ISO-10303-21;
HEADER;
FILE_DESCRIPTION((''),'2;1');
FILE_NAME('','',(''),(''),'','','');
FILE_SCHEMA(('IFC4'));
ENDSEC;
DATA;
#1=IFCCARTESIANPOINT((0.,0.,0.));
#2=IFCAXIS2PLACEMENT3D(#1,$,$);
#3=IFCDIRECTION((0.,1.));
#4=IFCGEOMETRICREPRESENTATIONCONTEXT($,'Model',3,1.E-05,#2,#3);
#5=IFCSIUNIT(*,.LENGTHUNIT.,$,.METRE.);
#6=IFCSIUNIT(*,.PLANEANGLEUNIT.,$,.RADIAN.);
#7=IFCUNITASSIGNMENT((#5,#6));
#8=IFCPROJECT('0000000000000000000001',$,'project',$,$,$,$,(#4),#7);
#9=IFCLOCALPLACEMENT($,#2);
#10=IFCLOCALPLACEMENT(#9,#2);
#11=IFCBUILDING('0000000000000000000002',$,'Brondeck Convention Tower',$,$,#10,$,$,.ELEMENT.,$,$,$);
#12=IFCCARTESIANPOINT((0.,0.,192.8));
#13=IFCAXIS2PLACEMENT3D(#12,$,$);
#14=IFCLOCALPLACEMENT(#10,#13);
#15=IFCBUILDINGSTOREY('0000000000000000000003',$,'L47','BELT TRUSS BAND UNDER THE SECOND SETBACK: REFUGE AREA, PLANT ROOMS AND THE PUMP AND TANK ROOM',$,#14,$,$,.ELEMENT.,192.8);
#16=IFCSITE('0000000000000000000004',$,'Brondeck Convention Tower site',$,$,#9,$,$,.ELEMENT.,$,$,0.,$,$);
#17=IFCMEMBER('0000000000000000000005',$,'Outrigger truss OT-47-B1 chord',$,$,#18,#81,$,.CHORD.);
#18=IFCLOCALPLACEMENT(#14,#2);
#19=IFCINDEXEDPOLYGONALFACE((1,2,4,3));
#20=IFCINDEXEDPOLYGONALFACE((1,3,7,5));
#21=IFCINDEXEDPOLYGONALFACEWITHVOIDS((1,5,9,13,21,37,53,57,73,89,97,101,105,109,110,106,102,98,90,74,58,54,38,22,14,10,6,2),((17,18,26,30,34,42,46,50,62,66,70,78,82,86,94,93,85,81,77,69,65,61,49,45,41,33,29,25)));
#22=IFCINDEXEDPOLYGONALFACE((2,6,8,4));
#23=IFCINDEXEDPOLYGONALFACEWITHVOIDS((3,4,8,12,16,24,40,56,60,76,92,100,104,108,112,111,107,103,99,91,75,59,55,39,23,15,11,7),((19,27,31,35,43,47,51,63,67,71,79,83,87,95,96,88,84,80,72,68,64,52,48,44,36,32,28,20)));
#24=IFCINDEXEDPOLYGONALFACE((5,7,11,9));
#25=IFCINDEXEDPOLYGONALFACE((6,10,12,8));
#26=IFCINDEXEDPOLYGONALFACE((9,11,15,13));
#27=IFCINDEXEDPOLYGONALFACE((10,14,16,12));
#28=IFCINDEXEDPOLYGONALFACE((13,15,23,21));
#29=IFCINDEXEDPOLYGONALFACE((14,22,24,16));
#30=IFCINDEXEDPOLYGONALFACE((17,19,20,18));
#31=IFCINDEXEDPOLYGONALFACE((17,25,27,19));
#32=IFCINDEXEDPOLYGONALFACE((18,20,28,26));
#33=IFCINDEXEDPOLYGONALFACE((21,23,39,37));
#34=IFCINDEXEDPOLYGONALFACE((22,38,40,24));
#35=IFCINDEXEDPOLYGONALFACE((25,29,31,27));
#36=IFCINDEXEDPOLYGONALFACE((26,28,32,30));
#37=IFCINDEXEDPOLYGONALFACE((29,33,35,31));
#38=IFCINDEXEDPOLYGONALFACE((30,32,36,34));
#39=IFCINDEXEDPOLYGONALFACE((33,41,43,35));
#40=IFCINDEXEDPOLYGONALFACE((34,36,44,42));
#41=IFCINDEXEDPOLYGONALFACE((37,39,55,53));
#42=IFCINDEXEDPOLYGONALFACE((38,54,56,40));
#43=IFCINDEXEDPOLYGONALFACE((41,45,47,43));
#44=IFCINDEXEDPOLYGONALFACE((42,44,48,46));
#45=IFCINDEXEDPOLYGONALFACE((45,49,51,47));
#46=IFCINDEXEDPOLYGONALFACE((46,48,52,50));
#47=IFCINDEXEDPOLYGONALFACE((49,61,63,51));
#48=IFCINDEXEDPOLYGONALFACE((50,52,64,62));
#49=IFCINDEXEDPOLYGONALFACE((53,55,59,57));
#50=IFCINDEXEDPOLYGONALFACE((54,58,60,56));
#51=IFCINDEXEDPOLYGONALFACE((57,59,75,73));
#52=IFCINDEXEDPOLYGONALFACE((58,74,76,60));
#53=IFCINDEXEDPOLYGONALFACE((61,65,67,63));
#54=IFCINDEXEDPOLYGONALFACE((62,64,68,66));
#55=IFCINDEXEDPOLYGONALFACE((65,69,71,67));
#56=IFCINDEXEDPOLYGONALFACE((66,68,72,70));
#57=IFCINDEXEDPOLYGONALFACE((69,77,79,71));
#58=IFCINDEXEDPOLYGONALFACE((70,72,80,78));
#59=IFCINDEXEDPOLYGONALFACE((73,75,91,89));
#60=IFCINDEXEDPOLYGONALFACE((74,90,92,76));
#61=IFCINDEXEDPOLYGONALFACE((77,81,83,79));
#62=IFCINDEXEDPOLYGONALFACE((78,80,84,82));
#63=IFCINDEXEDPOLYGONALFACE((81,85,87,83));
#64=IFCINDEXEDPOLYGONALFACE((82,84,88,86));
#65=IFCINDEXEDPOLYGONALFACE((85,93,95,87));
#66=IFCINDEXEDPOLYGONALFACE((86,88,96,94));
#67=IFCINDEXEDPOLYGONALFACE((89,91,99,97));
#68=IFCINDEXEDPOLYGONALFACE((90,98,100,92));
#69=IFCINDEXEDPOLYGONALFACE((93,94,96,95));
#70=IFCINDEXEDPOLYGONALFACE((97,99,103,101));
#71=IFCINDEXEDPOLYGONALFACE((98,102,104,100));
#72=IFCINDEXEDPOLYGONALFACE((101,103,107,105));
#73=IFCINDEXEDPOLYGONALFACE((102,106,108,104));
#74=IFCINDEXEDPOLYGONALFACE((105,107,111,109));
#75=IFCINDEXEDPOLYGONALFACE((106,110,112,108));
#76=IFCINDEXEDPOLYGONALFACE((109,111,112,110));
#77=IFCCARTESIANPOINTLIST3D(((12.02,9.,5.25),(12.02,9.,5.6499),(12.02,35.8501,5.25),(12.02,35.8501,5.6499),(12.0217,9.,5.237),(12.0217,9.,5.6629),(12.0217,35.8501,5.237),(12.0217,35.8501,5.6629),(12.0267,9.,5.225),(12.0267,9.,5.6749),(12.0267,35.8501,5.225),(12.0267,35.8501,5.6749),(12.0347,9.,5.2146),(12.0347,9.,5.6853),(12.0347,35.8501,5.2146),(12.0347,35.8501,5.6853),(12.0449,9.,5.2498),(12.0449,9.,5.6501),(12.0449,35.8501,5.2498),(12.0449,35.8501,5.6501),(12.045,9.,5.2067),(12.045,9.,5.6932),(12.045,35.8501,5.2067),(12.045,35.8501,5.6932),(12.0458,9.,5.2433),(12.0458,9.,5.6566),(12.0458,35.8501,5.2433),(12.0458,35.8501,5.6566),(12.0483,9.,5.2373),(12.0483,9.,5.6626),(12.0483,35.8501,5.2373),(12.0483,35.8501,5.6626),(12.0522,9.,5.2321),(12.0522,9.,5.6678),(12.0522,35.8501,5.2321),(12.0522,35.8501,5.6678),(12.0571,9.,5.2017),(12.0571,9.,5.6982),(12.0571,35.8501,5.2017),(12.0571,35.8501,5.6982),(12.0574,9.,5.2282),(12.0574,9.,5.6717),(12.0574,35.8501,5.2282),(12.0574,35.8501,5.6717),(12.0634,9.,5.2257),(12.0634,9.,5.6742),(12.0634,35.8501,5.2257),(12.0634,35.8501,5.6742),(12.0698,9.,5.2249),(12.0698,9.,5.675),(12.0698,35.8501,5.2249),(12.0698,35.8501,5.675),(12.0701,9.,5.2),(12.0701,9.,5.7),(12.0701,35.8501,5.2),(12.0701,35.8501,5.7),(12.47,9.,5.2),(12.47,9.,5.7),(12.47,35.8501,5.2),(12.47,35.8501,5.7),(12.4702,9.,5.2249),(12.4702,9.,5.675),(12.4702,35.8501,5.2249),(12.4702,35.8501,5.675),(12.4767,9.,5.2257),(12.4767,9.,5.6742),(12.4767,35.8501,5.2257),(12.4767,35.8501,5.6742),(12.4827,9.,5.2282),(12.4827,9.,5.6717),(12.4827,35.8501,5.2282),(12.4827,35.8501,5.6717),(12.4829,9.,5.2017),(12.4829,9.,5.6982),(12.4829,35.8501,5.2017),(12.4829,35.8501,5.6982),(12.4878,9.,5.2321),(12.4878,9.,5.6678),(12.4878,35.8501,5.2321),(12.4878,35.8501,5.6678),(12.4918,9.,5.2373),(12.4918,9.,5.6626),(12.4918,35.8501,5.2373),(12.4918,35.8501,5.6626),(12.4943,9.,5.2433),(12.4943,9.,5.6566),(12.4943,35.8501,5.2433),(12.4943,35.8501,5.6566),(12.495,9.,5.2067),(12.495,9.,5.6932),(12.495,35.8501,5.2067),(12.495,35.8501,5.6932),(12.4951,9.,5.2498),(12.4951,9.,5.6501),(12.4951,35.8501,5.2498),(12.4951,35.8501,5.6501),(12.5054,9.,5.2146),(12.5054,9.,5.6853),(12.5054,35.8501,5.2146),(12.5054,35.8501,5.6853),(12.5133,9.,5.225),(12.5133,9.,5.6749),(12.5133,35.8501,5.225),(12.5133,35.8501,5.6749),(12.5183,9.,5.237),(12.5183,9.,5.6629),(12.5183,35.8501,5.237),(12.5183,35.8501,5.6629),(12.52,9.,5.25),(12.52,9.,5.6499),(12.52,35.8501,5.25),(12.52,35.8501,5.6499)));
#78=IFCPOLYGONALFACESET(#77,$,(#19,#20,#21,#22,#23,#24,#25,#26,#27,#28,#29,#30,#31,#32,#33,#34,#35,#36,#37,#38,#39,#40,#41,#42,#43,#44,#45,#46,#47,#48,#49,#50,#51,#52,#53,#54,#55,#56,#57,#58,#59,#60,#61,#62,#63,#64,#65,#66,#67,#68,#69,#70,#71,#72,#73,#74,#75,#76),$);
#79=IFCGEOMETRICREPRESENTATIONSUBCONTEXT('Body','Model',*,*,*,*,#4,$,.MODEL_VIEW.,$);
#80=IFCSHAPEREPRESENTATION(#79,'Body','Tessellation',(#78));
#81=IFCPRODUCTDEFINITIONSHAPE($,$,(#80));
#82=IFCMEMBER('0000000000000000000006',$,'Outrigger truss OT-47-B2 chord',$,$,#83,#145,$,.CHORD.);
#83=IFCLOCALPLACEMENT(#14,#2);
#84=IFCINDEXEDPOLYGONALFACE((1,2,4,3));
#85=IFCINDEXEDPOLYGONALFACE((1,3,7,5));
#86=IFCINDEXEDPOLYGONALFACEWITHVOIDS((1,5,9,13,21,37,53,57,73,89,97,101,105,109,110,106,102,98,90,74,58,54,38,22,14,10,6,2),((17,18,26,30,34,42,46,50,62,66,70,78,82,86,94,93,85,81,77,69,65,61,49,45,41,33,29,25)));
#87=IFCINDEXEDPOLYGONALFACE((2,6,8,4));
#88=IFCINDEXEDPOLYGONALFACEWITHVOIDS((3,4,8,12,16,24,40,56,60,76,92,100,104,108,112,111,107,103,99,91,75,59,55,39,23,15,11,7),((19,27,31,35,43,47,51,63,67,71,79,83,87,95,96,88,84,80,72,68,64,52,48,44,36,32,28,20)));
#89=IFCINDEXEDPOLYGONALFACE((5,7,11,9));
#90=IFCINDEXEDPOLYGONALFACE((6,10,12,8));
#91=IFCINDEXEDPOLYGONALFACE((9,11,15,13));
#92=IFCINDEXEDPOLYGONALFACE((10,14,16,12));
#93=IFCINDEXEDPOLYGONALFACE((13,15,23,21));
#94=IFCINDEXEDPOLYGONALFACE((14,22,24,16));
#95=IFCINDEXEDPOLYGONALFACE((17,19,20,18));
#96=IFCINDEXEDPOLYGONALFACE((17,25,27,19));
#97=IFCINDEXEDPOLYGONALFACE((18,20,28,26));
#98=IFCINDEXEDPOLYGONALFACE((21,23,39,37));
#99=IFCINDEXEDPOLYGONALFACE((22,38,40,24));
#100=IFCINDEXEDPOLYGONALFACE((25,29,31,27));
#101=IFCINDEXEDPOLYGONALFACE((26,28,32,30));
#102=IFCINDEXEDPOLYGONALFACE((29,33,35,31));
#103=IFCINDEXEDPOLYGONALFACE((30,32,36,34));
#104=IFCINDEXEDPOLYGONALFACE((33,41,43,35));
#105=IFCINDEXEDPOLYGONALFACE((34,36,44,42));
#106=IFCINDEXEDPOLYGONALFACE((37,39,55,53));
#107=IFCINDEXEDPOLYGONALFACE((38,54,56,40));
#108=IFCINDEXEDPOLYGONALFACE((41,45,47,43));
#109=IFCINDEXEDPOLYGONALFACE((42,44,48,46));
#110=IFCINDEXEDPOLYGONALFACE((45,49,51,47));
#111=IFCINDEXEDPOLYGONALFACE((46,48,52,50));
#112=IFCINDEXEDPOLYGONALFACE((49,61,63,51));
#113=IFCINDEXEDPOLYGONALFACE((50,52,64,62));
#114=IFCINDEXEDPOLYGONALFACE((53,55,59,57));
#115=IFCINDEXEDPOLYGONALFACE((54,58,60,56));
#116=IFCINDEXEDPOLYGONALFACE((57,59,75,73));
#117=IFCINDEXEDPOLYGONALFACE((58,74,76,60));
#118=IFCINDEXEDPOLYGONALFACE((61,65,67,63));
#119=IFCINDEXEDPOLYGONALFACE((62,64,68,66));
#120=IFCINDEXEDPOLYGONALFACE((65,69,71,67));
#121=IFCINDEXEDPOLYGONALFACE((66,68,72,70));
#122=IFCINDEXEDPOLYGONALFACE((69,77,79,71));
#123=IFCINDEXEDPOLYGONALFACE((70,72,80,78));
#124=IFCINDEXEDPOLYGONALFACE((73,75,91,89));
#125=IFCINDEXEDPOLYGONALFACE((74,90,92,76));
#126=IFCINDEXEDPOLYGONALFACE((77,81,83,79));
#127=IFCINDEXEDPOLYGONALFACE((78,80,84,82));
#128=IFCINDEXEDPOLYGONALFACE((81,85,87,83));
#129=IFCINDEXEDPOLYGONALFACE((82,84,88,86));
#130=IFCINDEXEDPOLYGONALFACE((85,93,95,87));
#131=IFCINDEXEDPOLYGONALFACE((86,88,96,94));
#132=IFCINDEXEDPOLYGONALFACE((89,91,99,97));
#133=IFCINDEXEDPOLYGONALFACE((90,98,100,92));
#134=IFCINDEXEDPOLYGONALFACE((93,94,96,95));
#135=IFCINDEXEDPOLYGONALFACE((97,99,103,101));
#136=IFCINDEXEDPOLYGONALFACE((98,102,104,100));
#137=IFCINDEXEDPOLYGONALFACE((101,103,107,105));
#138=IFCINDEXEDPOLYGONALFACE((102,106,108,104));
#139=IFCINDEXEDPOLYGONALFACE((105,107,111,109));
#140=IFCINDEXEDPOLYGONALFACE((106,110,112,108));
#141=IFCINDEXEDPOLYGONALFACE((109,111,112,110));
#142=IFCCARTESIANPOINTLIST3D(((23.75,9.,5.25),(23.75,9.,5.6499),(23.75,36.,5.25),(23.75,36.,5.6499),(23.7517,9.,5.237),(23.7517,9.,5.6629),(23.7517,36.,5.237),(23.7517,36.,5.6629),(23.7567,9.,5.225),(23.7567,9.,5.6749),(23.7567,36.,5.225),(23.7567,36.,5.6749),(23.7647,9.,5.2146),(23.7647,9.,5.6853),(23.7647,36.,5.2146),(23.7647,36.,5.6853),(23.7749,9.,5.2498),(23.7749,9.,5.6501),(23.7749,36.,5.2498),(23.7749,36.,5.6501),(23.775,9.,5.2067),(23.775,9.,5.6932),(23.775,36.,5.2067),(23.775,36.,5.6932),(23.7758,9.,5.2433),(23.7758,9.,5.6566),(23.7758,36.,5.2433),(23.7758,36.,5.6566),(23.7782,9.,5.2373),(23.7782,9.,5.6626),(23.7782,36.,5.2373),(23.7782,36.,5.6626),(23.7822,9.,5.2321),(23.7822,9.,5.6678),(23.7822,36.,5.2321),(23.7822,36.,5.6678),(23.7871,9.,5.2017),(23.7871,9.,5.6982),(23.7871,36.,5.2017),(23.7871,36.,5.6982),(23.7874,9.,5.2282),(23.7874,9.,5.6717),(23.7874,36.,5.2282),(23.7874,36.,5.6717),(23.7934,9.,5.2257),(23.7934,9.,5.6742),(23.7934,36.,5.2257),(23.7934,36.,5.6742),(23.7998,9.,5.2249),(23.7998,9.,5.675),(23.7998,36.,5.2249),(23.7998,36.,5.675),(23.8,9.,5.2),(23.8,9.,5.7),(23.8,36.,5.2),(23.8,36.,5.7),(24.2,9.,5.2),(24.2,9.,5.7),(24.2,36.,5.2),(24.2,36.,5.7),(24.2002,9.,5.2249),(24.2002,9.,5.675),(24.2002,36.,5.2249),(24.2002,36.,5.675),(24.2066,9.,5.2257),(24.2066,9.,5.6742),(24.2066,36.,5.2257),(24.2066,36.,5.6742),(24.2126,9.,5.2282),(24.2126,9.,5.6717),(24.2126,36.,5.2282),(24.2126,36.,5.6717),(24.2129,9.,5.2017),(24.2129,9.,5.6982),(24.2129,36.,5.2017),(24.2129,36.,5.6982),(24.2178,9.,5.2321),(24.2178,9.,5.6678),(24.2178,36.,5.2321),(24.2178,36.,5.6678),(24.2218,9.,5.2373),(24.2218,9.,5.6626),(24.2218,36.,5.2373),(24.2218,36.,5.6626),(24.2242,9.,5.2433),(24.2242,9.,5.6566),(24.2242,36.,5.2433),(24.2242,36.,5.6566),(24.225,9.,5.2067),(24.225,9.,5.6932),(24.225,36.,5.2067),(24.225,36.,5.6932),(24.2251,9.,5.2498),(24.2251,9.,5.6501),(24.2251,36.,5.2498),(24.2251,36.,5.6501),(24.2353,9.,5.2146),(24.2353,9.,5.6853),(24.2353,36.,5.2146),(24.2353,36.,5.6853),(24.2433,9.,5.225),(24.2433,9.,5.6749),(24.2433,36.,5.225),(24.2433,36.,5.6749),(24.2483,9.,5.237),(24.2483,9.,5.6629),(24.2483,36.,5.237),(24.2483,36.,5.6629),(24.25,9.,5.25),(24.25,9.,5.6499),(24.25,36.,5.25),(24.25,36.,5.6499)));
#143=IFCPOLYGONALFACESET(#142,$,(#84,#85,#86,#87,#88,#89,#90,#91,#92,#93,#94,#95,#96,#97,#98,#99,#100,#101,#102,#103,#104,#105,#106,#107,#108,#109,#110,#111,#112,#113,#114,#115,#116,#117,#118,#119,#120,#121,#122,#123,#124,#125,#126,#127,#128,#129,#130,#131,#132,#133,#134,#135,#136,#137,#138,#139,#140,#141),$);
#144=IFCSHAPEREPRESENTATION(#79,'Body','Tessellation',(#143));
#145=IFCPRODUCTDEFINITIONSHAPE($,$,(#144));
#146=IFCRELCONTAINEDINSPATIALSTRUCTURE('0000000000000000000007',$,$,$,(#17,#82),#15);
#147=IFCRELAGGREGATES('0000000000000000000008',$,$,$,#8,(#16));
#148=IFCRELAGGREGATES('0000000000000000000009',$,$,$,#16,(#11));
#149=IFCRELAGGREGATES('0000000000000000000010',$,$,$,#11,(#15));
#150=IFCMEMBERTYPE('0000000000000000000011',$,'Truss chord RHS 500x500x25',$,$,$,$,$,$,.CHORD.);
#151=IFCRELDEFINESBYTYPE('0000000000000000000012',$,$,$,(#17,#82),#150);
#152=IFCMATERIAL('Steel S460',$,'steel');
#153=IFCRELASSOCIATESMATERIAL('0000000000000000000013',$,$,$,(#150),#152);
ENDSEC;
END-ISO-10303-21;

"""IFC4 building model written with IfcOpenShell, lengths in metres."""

from ifc_helpers import new_model, si_unit, direction, frame, origin, origin_2d, place, context, subcontext, project, spatial, hollow_rectangle, extrude, material, material_profile, profile_set, type_object, element, save


model = new_model("IFC4")

# Units and contexts
model_context = context("Model", 3, precision=1e-05, world=origin(), true_north=direction((0.0, 1.0)))
body_context = subcontext(model_context, "Body", "Model", "MODEL_VIEW")
ifc_project = project(units=[si_unit("LENGTHUNIT", "METRE"), si_unit("PLANEANGLEUNIT", "RADIAN")], contexts=[model_context])

# Site, building, storey
site_placement = place(None, origin())
site = spatial("IfcSite", under=ifc_project, at=site_placement, Name="Brondeck Convention Tower site", CompositionType="ELEMENT", RefElevation=0.0)
building_placement = place(site_placement, origin())
building = spatial("IfcBuilding", under=site, at=building_placement, Name="Brondeck Convention Tower", CompositionType="ELEMENT")
storey_placement = place(building_placement, frame((0.0, 0.0, 192.8)))
storey = spatial("IfcBuildingStorey", under=building, at=storey_placement, Name="L47", Description="BELT TRUSS BAND UNDER THE SECOND SETBACK: REFUGE AREA, PLANT ROOMS AND THE PUMP AND TANK ROOM", CompositionType="ELEMENT", Elevation=192.8)

# Members
ifc_material_1 = material(Name="Steel S460", Category="steel")
ifc_material_profile_1 = material_profile(ifc_material_1, hollow_rectangle(XDim=0.5, YDim=0.5, WallThickness=0.0249, InnerFilletRadius=0.0249, OuterFilletRadius=0.05, at=origin_2d()), Name="RHS 500x500x25")
ifc_profile_set_1 = profile_set([ifc_material_profile_1], Name="Steel S460")
member_type = type_object("IfcMemberType", Name="Truss chord RHS 500x500x25", PredefinedType="CHORD", material=ifc_profile_set_1)
member_1_placement = place(storey_placement, frame((12.27, 35.8501, 5.45), z_axis=(0.0, -1.0, 0.0), x_axis=(1.0, 0.0, 0.0)))
element("IfcMember", 1, at=member_1_placement, inside=storey, type_object=member_type, Name="Outrigger truss OT-47-B1 chord", PredefinedType="CHORD", context=body_context, shape_type="SweptSolid", body=[
    extrude(hollow_rectangle(XDim=0.5, YDim=0.5, WallThickness=0.0249, InnerFilletRadius=0.0249, OuterFilletRadius=0.05, at=origin_2d()), origin(), (0.0, 0.0, 1.0), 26.8501),
])
member_2_placement = place(storey_placement, frame((24.0, 36.0, 5.45), z_axis=(0.0, -1.0, 0.0), x_axis=(1.0, 0.0, 0.0)))
element("IfcMember", 2, at=member_2_placement, inside=storey, type_object=member_type, Name="Outrigger truss OT-47-B2 chord", PredefinedType="CHORD", context=body_context, shape_type="SweptSolid", body=[
    extrude(hollow_rectangle(XDim=0.5, YDim=0.5, WallThickness=0.0249, InnerFilletRadius=0.0249, OuterFilletRadius=0.05, at=origin_2d()), origin(), (0.0, 0.0, 1.0), 27.0),
])

save(model, "model.ifc")
